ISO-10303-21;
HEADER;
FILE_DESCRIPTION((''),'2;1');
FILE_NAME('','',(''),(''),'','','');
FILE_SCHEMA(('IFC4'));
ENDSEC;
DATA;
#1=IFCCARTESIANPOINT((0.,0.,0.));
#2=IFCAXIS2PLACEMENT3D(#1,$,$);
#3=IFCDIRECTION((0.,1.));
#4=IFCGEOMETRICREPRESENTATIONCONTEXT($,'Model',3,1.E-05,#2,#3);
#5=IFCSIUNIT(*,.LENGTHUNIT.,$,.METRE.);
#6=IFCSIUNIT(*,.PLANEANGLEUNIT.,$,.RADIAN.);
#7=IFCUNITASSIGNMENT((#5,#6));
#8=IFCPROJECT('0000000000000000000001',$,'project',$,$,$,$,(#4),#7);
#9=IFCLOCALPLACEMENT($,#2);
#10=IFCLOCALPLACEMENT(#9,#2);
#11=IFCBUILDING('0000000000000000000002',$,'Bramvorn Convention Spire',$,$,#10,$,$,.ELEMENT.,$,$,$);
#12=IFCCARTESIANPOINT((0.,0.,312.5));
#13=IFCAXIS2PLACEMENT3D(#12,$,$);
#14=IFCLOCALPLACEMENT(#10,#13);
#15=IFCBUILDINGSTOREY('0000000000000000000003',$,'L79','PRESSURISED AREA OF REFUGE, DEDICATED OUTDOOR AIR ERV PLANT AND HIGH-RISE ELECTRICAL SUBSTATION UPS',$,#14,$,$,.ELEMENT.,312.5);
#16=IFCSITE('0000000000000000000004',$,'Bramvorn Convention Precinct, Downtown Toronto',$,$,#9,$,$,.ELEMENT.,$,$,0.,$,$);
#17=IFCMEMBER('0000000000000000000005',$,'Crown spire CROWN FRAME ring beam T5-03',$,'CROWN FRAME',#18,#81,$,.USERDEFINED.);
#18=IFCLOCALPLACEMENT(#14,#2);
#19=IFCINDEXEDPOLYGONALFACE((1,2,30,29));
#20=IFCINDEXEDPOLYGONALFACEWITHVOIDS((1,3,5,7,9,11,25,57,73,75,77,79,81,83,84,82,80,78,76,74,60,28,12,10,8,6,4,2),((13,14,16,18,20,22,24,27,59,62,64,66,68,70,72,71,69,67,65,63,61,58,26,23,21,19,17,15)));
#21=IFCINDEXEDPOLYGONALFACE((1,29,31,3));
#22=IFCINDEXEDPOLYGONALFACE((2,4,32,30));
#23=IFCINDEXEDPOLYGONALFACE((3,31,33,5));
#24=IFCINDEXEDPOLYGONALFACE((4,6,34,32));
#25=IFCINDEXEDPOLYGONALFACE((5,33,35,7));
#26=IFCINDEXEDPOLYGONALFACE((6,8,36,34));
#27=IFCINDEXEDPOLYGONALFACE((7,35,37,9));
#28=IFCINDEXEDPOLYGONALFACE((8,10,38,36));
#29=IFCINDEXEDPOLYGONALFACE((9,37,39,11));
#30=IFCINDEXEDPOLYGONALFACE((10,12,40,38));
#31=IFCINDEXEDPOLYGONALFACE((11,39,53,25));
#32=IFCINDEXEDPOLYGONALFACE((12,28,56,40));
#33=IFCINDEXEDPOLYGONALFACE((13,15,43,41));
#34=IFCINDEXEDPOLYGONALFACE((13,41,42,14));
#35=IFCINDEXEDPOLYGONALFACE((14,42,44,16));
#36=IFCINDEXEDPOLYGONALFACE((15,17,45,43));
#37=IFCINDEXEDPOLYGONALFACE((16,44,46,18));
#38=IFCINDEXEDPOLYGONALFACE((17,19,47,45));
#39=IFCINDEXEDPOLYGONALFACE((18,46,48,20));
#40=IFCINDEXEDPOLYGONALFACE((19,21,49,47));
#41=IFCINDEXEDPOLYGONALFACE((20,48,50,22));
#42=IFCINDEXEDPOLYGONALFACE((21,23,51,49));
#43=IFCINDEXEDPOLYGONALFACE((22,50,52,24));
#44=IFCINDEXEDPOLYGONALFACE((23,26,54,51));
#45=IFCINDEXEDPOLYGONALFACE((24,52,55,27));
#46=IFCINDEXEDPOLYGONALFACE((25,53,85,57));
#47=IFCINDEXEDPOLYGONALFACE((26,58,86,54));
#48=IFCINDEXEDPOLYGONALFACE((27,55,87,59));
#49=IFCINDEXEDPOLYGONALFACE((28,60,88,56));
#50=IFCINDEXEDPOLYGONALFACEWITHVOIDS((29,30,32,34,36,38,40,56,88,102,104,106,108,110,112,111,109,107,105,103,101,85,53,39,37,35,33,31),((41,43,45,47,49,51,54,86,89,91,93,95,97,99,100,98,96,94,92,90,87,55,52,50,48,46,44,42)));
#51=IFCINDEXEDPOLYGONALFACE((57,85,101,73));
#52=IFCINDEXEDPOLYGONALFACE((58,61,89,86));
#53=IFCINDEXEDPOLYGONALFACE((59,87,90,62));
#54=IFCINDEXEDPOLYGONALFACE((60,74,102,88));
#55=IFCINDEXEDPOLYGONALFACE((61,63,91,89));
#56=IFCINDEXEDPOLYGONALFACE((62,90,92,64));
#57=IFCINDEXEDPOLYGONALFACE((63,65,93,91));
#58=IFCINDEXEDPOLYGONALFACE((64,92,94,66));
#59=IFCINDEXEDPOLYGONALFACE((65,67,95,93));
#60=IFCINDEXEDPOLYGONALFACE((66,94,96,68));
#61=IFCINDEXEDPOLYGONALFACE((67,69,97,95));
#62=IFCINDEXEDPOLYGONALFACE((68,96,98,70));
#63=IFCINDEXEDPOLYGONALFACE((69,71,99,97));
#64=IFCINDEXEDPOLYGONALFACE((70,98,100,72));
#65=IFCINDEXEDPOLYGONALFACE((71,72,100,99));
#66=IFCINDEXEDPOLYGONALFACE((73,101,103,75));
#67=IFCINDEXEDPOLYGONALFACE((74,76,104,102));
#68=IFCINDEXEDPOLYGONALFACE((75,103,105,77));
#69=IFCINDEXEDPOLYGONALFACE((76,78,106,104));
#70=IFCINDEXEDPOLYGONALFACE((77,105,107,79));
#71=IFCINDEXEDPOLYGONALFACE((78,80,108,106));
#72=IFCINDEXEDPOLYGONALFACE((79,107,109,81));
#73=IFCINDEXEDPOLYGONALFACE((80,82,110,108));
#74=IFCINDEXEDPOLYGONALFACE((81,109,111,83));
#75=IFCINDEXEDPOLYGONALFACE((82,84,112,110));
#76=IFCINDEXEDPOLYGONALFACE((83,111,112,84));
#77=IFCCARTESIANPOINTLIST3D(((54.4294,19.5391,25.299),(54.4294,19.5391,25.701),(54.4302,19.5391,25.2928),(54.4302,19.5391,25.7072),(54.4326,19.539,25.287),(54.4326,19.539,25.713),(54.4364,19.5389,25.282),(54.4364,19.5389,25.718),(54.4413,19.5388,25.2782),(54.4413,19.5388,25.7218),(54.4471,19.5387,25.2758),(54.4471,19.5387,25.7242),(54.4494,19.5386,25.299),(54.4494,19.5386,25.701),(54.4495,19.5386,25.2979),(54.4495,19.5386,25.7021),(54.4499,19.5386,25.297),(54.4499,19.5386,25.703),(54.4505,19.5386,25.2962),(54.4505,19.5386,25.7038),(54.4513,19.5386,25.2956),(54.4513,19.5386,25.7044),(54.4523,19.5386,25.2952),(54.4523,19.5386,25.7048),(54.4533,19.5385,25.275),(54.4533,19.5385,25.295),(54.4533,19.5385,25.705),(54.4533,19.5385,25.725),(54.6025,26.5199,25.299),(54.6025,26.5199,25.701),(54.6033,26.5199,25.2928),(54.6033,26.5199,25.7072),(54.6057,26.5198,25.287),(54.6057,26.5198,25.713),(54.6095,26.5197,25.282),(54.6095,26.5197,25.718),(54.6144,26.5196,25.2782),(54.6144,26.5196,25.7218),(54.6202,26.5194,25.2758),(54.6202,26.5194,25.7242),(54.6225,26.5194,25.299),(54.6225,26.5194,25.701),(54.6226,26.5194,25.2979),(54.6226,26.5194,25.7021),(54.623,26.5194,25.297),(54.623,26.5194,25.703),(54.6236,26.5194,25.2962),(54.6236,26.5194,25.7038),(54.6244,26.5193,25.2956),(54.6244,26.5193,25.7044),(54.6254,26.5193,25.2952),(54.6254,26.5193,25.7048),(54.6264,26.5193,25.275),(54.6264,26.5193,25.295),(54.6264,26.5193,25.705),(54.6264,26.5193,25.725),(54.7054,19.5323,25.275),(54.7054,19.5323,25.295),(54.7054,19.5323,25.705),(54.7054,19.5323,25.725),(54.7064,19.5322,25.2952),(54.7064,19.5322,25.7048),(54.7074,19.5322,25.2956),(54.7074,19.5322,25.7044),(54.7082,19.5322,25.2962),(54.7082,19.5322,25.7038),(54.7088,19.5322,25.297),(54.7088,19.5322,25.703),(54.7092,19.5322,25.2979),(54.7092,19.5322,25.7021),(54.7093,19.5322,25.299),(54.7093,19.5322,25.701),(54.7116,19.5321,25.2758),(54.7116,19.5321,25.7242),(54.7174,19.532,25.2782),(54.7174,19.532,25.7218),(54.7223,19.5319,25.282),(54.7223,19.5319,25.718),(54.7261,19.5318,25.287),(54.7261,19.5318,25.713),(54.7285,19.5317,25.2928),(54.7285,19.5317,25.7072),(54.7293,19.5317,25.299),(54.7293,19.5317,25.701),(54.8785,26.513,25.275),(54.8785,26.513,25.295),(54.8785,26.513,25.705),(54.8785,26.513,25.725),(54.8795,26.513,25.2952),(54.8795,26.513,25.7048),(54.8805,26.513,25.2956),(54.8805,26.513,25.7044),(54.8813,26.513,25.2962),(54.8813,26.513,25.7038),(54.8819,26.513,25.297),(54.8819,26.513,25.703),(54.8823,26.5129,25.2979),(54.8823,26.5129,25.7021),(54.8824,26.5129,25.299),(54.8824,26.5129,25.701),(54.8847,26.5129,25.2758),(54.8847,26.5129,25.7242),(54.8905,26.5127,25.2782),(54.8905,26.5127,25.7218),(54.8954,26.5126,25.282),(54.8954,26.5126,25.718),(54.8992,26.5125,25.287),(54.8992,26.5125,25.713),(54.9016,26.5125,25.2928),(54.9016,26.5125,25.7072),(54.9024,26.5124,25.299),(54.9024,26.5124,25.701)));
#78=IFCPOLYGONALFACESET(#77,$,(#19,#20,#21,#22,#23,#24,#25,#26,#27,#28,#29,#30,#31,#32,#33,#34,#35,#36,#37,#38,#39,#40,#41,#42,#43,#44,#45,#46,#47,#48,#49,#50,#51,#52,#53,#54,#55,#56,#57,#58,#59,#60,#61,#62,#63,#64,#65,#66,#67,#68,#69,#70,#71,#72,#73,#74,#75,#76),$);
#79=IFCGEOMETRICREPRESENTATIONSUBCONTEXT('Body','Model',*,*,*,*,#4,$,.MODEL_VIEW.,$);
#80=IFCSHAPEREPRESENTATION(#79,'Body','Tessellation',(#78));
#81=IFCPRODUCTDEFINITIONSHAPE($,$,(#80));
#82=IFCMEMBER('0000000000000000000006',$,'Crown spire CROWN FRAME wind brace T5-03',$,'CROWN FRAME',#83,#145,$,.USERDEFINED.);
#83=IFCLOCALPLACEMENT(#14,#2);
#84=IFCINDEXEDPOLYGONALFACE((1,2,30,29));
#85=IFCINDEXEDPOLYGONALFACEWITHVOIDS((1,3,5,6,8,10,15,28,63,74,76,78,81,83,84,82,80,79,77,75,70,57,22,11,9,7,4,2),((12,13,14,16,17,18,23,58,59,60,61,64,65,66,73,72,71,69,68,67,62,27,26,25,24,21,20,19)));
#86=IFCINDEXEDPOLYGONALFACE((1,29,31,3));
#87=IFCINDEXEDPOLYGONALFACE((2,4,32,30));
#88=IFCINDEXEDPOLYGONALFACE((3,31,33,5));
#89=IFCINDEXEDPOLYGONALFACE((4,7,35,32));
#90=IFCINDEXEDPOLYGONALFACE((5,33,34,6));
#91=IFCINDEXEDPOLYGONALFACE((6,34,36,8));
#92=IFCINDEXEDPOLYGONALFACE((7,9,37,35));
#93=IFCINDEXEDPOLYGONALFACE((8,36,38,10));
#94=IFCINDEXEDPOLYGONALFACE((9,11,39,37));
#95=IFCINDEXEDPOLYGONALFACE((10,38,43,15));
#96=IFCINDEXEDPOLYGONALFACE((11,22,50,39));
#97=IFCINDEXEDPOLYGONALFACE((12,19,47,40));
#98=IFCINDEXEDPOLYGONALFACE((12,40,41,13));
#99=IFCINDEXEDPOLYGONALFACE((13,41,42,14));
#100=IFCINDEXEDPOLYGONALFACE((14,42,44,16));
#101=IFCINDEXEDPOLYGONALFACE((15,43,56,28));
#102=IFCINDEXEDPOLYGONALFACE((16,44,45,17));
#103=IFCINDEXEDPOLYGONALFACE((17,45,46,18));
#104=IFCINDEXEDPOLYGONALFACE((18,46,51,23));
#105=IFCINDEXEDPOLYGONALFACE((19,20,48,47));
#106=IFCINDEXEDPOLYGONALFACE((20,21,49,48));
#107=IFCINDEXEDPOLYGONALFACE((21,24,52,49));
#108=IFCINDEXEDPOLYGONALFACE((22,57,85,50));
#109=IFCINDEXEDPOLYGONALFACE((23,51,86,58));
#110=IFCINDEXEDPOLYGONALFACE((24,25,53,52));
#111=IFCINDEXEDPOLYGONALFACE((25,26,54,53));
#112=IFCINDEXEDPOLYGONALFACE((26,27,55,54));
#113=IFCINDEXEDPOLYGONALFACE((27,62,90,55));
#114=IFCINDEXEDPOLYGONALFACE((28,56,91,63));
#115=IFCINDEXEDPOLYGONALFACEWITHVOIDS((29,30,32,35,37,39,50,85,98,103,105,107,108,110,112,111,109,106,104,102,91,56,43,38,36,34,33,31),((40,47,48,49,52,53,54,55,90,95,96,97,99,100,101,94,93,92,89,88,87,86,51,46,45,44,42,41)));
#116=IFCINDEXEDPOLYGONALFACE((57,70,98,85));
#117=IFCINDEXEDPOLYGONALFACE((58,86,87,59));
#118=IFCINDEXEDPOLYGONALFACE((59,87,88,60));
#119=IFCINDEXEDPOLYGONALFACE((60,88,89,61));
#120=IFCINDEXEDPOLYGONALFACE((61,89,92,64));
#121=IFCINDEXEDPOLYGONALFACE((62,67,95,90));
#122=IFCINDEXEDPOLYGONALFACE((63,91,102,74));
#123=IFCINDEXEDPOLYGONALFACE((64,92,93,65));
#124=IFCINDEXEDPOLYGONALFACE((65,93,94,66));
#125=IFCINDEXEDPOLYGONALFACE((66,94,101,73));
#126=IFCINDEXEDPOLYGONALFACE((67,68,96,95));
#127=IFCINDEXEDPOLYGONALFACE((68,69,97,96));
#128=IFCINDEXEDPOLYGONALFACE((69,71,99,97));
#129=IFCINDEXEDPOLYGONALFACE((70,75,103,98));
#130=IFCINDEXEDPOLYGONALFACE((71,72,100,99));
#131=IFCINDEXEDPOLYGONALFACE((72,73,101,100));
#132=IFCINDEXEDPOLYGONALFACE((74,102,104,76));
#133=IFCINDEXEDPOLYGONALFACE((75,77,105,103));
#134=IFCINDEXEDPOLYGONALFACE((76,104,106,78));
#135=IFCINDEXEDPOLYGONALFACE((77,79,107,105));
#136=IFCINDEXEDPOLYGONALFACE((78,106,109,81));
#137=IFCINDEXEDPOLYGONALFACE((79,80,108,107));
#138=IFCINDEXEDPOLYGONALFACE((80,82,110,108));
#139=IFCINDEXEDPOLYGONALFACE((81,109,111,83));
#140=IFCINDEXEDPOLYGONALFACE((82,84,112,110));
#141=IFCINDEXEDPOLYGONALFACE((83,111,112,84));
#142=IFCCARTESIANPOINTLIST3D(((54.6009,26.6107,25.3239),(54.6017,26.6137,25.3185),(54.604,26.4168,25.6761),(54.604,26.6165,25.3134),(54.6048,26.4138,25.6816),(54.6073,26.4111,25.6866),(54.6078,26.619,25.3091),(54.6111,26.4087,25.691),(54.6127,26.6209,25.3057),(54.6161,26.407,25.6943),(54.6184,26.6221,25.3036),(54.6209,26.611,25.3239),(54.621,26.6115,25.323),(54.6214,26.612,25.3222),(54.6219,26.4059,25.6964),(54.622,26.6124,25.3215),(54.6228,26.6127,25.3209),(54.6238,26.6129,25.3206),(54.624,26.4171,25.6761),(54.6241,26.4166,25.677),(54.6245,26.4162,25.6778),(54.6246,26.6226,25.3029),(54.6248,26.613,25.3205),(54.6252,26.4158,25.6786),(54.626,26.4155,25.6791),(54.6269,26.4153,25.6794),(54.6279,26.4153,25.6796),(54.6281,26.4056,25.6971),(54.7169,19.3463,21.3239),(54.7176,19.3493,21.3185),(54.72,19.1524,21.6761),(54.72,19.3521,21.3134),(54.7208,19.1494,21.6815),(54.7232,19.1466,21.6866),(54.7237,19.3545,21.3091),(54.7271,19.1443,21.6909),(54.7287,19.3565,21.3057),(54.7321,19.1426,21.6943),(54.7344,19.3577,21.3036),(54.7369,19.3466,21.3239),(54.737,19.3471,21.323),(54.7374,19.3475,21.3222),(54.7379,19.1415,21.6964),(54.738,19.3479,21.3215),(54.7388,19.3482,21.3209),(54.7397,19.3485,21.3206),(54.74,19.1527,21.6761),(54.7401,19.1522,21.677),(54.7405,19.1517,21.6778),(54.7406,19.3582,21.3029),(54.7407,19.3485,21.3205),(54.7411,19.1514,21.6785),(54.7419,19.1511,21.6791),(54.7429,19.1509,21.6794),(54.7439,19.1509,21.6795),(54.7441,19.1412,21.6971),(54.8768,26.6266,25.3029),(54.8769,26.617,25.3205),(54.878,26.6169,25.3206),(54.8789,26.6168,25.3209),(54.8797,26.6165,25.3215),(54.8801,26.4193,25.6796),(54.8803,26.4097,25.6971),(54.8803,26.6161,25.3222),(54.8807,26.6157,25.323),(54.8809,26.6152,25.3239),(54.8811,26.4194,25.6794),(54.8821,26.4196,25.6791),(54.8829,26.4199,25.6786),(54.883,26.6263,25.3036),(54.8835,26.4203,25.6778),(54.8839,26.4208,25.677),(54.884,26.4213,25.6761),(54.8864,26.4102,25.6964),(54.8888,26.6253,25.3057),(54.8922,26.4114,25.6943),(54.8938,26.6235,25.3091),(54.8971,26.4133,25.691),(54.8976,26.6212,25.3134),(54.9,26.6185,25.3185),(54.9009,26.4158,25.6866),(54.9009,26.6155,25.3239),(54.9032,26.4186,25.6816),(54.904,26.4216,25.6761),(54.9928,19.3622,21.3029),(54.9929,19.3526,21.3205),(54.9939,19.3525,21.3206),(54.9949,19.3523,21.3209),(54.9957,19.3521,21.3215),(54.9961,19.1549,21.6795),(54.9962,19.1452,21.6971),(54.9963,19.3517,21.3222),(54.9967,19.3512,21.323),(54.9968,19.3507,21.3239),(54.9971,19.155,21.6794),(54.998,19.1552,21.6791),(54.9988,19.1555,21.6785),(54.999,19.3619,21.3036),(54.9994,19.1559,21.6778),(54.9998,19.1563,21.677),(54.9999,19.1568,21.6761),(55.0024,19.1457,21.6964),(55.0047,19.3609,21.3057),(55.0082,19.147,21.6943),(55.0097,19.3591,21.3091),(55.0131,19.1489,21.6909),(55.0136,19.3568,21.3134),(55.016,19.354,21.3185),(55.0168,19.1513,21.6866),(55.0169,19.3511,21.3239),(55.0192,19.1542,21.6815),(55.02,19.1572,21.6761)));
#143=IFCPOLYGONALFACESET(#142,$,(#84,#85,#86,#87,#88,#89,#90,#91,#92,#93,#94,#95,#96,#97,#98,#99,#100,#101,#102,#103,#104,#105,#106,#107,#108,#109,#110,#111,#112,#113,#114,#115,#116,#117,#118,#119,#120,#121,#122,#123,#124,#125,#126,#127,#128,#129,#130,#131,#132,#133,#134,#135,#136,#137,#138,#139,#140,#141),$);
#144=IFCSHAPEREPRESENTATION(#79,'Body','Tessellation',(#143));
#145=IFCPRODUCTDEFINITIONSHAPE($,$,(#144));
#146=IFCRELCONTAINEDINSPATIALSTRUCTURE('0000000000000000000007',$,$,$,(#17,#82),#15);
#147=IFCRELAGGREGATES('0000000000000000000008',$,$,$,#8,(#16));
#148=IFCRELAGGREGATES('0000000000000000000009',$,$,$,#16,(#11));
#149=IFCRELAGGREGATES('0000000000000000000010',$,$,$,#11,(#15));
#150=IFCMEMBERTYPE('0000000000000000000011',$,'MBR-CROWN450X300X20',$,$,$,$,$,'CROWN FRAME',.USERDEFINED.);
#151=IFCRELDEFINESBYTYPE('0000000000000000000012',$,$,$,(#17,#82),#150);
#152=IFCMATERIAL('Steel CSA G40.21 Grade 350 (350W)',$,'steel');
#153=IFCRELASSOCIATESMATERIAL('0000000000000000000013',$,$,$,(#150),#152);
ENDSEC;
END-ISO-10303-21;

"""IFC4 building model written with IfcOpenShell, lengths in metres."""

from ifc_helpers import new_model, si_unit, direction, frame, origin, origin_2d, place, context, subcontext, project, spatial, hollow_rectangle, extrude, material, material_profile, profile_set, type_object, element, save


model = new_model("IFC4")

# Units and contexts
model_context = context("Model", 3, precision=1e-05, world=origin(), true_north=direction((0.0, 1.0)))
body_context = subcontext(model_context, "Body", "Model", "MODEL_VIEW")
ifc_project = project(units=[si_unit("LENGTHUNIT", "METRE"), si_unit("PLANEANGLEUNIT", "RADIAN")], contexts=[model_context])

# Site, building, storey
site_placement = place(None, origin())
site = spatial("IfcSite", under=ifc_project, at=site_placement, Name="Bramvorn Convention Precinct, Downtown Toronto", CompositionType="ELEMENT", RefElevation=0.0)
building_placement = place(site_placement, origin())
building = spatial("IfcBuilding", under=site, at=building_placement, Name="Bramvorn Convention Spire", CompositionType="ELEMENT")
storey_placement = place(building_placement, frame((0.0, 0.0, 312.5)))
storey = spatial("IfcBuildingStorey", under=building, at=storey_placement, Name="L79", Description="PRESSURISED AREA OF REFUGE, DEDICATED OUTDOOR AIR ERV PLANT AND HIGH-RISE ELECTRICAL SUBSTATION UPS", CompositionType="ELEMENT", Elevation=312.5)

# Members
ifc_material_1 = material(Name="Steel CSA G40.21 Grade 350 (350W)", Category="steel")
ifc_material_profile = material_profile(ifc_material_1, hollow_rectangle(XDim=0.3, YDim=0.45, WallThickness=0.02, InnerFilletRadius=0.0039, OuterFilletRadius=0.0239, at=origin_2d()))
ifc_profile_set = profile_set([ifc_material_profile], Name="Steel CSA G40.21 Grade 350 (350W) - CROWN450X300X20")
member_type = type_object("IfcMemberType", Name="MBR-CROWN450X300X20", ElementType="CROWN FRAME", PredefinedType="USERDEFINED", material=ifc_profile_set)
member_1_placement = place(storey_placement, frame((54.5793, 19.5354, 25.5), z_axis=(0.024789, 0.999693, 0.0), x_axis=(-0.999693, 0.024789, 0.0)))
element("IfcMember", 1, at=member_1_placement, inside=storey, type_object=member_type, Name="Crown spire CROWN FRAME ring beam T5-03", ObjectType="CROWN FRAME", PredefinedType="USERDEFINED", context=body_context, shape_type="SweptSolid", body=[
    extrude(hollow_rectangle(XDim=0.3, YDim=0.45, WallThickness=0.02, InnerFilletRadius=0.0039, OuterFilletRadius=0.0239, at=origin_2d()), origin(), (0.0, 0.0, 1.0), 6.9829),
])
member_2_placement = place(storey_placement, frame((54.8684, 19.2517, 21.5), z_axis=(-0.013983, 0.875897, 0.482295), x_axis=(-0.999873, -0.015962, 0.0)))
element("IfcMember", 2, at=member_2_placement, inside=storey, type_object=member_type, Name="Crown spire CROWN FRAME wind brace T5-03", ObjectType="CROWN FRAME", PredefinedType="USERDEFINED", context=body_context, shape_type="SweptSolid", body=[
    extrude(hollow_rectangle(XDim=0.3, YDim=0.45, WallThickness=0.02, InnerFilletRadius=0.0039, OuterFilletRadius=0.0239, at=origin_2d()), origin(), (0.0, 0.0, 1.0), 8.2937),
])

save(model, "model.ifc")
